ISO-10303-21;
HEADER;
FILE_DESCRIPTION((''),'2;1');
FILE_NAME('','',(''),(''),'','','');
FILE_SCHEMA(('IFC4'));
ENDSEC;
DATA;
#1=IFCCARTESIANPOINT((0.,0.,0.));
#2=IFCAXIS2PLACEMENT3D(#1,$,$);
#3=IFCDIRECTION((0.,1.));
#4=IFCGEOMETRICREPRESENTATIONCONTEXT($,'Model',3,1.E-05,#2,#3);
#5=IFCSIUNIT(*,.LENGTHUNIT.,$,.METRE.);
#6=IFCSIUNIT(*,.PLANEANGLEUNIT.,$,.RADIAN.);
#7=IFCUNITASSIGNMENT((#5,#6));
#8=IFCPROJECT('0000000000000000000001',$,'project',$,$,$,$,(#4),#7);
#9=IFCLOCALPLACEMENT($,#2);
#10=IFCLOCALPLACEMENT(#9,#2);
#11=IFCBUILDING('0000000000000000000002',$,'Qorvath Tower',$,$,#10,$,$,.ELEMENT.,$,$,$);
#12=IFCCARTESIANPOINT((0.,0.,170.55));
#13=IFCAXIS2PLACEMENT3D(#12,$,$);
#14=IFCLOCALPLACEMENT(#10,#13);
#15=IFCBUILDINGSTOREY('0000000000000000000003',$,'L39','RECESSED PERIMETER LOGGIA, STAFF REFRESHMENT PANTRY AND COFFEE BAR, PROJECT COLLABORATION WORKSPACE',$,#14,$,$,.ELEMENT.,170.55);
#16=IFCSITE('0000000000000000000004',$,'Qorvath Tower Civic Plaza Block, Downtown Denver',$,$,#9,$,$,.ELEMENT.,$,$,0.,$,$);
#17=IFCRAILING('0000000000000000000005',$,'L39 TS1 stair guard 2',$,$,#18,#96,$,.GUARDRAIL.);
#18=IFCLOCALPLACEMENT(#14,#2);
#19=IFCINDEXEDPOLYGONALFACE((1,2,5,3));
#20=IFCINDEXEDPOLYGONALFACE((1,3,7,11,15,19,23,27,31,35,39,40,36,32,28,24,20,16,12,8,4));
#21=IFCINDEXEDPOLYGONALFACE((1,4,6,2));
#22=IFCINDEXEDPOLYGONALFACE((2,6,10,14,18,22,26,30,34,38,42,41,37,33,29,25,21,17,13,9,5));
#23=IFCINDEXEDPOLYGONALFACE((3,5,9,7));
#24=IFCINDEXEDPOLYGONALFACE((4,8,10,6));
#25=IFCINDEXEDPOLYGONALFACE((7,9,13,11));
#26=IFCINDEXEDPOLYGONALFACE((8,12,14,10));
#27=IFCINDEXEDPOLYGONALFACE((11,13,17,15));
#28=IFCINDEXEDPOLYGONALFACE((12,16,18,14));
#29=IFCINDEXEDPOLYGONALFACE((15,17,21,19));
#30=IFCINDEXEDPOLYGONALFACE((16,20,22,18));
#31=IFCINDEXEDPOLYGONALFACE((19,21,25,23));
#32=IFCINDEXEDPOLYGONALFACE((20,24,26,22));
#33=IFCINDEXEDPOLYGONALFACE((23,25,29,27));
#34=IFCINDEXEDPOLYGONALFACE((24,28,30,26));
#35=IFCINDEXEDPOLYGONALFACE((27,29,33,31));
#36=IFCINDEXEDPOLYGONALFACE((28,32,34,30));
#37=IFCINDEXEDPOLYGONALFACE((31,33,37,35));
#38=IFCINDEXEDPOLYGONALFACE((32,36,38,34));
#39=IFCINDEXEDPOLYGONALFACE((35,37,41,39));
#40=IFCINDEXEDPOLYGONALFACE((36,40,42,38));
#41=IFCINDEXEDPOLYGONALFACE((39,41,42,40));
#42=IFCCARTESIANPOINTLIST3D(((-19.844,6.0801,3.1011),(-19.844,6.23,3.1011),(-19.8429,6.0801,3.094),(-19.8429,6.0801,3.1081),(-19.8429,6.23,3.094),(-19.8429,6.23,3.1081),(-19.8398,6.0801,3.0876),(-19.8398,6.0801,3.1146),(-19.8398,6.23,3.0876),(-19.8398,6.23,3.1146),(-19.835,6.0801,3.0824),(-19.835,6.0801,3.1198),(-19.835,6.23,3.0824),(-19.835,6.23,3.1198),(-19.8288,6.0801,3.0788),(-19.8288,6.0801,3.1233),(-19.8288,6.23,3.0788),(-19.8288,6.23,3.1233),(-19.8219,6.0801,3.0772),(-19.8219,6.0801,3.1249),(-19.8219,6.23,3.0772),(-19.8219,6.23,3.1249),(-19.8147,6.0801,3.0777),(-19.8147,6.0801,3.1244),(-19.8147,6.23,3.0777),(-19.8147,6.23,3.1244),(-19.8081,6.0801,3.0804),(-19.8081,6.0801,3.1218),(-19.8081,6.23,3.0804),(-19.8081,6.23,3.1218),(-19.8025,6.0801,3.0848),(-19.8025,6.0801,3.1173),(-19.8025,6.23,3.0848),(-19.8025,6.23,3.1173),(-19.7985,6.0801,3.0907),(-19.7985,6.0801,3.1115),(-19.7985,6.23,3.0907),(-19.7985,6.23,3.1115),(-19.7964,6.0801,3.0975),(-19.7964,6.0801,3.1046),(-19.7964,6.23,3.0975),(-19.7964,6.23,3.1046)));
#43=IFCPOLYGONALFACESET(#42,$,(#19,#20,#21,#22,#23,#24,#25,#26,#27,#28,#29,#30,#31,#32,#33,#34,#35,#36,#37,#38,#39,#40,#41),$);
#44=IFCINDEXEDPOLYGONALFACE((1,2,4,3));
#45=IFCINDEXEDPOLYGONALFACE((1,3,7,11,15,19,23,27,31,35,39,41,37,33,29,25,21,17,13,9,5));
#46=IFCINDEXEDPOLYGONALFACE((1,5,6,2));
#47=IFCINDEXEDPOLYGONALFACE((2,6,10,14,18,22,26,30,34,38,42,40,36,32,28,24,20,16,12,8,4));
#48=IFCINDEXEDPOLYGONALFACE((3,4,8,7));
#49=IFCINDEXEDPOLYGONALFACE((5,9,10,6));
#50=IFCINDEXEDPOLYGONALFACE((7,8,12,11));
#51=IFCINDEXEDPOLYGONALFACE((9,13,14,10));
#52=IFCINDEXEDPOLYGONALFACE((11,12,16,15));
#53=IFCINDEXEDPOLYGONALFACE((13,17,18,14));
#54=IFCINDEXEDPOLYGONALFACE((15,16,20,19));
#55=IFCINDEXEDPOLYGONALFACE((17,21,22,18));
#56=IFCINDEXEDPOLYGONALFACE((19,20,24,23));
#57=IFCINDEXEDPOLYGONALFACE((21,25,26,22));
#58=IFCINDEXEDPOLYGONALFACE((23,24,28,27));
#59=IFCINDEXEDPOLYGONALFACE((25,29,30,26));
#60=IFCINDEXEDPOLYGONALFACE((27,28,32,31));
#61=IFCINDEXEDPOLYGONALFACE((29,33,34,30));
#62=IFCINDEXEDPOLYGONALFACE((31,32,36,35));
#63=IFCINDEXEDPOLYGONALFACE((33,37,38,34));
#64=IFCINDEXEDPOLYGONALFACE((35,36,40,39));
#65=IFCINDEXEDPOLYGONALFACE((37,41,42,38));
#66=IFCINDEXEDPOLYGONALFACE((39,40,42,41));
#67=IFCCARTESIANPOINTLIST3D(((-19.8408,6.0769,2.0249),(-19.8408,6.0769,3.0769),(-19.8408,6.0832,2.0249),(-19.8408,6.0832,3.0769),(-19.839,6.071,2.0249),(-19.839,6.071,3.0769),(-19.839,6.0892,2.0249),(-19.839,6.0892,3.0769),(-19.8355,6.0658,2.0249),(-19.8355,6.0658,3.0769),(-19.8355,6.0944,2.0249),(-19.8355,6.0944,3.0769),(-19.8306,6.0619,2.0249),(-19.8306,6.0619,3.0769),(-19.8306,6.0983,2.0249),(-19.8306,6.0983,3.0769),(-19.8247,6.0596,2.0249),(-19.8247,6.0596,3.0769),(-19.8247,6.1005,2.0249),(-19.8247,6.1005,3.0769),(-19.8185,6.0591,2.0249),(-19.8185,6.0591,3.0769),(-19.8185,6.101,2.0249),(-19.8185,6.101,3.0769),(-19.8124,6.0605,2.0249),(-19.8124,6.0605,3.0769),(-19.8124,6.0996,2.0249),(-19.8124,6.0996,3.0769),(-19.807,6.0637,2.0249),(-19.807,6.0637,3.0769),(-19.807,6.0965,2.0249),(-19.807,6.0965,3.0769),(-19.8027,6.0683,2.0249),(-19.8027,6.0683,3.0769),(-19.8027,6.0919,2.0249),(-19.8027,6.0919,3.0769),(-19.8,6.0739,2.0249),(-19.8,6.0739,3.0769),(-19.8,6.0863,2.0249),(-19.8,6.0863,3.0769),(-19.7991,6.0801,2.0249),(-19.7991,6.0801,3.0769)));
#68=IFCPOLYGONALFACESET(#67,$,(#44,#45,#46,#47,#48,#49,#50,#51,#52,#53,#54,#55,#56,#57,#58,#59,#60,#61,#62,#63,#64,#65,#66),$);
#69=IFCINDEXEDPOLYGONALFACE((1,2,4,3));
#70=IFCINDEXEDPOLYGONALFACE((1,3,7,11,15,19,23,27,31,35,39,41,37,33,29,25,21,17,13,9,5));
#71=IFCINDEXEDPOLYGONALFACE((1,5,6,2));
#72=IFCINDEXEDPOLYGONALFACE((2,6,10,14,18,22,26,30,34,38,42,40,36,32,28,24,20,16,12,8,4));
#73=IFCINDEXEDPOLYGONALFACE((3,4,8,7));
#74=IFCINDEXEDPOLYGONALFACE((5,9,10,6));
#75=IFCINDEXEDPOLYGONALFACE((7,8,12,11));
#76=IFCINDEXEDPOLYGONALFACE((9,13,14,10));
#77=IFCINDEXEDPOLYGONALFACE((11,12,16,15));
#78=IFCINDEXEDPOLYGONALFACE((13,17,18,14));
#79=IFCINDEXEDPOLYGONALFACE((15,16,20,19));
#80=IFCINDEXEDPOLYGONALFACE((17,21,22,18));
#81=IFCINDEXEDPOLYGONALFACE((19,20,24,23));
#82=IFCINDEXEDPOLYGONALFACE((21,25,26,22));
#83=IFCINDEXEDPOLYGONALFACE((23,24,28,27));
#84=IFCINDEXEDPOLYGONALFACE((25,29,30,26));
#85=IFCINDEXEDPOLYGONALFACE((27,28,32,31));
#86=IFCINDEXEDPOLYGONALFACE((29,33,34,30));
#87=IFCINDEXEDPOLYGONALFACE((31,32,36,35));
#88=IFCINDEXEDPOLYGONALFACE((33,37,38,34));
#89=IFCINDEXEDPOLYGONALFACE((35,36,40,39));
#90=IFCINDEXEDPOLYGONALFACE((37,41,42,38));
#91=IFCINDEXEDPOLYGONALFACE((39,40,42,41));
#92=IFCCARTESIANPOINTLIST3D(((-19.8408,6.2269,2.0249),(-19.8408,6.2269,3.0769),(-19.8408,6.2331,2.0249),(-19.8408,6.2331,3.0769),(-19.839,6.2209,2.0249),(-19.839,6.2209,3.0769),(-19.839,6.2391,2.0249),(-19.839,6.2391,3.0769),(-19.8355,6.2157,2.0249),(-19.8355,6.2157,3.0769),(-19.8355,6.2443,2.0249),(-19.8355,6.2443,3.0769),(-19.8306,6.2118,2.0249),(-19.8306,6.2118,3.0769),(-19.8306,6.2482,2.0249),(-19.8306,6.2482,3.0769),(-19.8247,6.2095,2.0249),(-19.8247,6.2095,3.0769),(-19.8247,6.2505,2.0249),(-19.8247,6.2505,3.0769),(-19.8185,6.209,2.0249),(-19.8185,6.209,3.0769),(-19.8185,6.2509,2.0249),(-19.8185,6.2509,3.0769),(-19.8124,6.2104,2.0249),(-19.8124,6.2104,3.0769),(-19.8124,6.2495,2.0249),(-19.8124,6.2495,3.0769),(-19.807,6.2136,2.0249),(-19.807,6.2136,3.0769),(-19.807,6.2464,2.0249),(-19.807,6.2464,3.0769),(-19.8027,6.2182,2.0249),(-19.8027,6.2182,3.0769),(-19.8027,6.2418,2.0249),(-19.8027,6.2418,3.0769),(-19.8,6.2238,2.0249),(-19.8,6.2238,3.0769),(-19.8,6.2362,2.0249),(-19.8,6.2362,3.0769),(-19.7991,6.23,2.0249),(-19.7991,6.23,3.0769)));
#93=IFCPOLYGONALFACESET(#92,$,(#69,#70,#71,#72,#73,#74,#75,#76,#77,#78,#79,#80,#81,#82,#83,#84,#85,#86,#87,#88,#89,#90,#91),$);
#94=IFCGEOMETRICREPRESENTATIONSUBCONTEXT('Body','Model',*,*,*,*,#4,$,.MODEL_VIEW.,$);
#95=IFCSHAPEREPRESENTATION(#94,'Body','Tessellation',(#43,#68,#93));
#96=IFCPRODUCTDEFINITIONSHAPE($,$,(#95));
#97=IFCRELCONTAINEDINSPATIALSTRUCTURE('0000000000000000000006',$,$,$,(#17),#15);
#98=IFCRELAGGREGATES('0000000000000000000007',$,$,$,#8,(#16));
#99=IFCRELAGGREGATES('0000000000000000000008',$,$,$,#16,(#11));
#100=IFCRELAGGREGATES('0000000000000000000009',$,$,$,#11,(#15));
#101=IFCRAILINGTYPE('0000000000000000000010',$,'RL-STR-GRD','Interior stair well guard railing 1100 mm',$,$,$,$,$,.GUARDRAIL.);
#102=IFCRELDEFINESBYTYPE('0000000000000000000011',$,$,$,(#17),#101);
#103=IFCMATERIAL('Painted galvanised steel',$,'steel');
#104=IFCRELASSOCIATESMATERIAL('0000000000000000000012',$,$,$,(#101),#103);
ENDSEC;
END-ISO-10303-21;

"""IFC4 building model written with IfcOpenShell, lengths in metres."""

from ifc_helpers import new_model, si_unit, direction, frame, origin, origin_2d, place, context, subcontext, project, spatial, circle, extrude, material, type_object, element, save


model = new_model("IFC4")

# Units and contexts
model_context = context("Model", 3, precision=1e-05, world=origin(), true_north=direction((0.0, 1.0)))
body_context = subcontext(model_context, "Body", "Model", "MODEL_VIEW")
ifc_project = project(units=[si_unit("LENGTHUNIT", "METRE"), si_unit("PLANEANGLEUNIT", "RADIAN")], contexts=[model_context])

# Site, building, storey
site_placement = place(None, origin())
site = spatial("IfcSite", under=ifc_project, at=site_placement, Name="Qorvath Tower Civic Plaza Block, Downtown Denver", CompositionType="ELEMENT", RefElevation=0.0)
building_placement = place(site_placement, origin())
building = spatial("IfcBuilding", under=site, at=building_placement, Name="Qorvath Tower", CompositionType="ELEMENT")
storey_placement = place(building_placement, frame((0.0, 0.0, 170.55)))
storey = spatial("IfcBuildingStorey", under=building, at=storey_placement, Name="L39", Description="RECESSED PERIMETER LOGGIA, STAFF REFRESHMENT PANTRY AND COFFEE BAR, PROJECT COLLABORATION WORKSPACE", CompositionType="ELEMENT", Elevation=170.55)

# Railing
ifc_material_1 = material(Name="Painted galvanised steel", Category="steel")
railing_type_1 = type_object("IfcRailingType", Name="RL-STR-GRD", Description="Interior stair well guard railing 1100 mm", PredefinedType="GUARDRAIL", material=ifc_material_1)
railing_1_placement = place(storey_placement, frame((-19.8201, 6.0801, 2.0249)))
element("IfcRailing", 1, at=railing_1_placement, inside=storey, type_object=railing_type_1, Name="L39 TS1 stair guard 2", PredefinedType="GUARDRAIL", context=body_context, shape_type="SweptSolid", body=[
    extrude(circle(Radius=0.0239, at=origin_2d()), frame((0.0, 0.0, 1.0762), z_axis=(0.0, 1.0, 0.0), x_axis=(-1.0, 0.0, 0.0)), (0.0, 0.0, 1.0), 0.1499),
    extrude(circle(Radius=0.021, at=origin_2d()), origin(), (0.0, 0.0, 1.0), 1.052),
    extrude(circle(Radius=0.021, at=origin_2d()), frame((0.0, 0.1499, 0.0)), (0.0, 0.0, 1.0), 1.052),
])

save(model, "model.ifc")
